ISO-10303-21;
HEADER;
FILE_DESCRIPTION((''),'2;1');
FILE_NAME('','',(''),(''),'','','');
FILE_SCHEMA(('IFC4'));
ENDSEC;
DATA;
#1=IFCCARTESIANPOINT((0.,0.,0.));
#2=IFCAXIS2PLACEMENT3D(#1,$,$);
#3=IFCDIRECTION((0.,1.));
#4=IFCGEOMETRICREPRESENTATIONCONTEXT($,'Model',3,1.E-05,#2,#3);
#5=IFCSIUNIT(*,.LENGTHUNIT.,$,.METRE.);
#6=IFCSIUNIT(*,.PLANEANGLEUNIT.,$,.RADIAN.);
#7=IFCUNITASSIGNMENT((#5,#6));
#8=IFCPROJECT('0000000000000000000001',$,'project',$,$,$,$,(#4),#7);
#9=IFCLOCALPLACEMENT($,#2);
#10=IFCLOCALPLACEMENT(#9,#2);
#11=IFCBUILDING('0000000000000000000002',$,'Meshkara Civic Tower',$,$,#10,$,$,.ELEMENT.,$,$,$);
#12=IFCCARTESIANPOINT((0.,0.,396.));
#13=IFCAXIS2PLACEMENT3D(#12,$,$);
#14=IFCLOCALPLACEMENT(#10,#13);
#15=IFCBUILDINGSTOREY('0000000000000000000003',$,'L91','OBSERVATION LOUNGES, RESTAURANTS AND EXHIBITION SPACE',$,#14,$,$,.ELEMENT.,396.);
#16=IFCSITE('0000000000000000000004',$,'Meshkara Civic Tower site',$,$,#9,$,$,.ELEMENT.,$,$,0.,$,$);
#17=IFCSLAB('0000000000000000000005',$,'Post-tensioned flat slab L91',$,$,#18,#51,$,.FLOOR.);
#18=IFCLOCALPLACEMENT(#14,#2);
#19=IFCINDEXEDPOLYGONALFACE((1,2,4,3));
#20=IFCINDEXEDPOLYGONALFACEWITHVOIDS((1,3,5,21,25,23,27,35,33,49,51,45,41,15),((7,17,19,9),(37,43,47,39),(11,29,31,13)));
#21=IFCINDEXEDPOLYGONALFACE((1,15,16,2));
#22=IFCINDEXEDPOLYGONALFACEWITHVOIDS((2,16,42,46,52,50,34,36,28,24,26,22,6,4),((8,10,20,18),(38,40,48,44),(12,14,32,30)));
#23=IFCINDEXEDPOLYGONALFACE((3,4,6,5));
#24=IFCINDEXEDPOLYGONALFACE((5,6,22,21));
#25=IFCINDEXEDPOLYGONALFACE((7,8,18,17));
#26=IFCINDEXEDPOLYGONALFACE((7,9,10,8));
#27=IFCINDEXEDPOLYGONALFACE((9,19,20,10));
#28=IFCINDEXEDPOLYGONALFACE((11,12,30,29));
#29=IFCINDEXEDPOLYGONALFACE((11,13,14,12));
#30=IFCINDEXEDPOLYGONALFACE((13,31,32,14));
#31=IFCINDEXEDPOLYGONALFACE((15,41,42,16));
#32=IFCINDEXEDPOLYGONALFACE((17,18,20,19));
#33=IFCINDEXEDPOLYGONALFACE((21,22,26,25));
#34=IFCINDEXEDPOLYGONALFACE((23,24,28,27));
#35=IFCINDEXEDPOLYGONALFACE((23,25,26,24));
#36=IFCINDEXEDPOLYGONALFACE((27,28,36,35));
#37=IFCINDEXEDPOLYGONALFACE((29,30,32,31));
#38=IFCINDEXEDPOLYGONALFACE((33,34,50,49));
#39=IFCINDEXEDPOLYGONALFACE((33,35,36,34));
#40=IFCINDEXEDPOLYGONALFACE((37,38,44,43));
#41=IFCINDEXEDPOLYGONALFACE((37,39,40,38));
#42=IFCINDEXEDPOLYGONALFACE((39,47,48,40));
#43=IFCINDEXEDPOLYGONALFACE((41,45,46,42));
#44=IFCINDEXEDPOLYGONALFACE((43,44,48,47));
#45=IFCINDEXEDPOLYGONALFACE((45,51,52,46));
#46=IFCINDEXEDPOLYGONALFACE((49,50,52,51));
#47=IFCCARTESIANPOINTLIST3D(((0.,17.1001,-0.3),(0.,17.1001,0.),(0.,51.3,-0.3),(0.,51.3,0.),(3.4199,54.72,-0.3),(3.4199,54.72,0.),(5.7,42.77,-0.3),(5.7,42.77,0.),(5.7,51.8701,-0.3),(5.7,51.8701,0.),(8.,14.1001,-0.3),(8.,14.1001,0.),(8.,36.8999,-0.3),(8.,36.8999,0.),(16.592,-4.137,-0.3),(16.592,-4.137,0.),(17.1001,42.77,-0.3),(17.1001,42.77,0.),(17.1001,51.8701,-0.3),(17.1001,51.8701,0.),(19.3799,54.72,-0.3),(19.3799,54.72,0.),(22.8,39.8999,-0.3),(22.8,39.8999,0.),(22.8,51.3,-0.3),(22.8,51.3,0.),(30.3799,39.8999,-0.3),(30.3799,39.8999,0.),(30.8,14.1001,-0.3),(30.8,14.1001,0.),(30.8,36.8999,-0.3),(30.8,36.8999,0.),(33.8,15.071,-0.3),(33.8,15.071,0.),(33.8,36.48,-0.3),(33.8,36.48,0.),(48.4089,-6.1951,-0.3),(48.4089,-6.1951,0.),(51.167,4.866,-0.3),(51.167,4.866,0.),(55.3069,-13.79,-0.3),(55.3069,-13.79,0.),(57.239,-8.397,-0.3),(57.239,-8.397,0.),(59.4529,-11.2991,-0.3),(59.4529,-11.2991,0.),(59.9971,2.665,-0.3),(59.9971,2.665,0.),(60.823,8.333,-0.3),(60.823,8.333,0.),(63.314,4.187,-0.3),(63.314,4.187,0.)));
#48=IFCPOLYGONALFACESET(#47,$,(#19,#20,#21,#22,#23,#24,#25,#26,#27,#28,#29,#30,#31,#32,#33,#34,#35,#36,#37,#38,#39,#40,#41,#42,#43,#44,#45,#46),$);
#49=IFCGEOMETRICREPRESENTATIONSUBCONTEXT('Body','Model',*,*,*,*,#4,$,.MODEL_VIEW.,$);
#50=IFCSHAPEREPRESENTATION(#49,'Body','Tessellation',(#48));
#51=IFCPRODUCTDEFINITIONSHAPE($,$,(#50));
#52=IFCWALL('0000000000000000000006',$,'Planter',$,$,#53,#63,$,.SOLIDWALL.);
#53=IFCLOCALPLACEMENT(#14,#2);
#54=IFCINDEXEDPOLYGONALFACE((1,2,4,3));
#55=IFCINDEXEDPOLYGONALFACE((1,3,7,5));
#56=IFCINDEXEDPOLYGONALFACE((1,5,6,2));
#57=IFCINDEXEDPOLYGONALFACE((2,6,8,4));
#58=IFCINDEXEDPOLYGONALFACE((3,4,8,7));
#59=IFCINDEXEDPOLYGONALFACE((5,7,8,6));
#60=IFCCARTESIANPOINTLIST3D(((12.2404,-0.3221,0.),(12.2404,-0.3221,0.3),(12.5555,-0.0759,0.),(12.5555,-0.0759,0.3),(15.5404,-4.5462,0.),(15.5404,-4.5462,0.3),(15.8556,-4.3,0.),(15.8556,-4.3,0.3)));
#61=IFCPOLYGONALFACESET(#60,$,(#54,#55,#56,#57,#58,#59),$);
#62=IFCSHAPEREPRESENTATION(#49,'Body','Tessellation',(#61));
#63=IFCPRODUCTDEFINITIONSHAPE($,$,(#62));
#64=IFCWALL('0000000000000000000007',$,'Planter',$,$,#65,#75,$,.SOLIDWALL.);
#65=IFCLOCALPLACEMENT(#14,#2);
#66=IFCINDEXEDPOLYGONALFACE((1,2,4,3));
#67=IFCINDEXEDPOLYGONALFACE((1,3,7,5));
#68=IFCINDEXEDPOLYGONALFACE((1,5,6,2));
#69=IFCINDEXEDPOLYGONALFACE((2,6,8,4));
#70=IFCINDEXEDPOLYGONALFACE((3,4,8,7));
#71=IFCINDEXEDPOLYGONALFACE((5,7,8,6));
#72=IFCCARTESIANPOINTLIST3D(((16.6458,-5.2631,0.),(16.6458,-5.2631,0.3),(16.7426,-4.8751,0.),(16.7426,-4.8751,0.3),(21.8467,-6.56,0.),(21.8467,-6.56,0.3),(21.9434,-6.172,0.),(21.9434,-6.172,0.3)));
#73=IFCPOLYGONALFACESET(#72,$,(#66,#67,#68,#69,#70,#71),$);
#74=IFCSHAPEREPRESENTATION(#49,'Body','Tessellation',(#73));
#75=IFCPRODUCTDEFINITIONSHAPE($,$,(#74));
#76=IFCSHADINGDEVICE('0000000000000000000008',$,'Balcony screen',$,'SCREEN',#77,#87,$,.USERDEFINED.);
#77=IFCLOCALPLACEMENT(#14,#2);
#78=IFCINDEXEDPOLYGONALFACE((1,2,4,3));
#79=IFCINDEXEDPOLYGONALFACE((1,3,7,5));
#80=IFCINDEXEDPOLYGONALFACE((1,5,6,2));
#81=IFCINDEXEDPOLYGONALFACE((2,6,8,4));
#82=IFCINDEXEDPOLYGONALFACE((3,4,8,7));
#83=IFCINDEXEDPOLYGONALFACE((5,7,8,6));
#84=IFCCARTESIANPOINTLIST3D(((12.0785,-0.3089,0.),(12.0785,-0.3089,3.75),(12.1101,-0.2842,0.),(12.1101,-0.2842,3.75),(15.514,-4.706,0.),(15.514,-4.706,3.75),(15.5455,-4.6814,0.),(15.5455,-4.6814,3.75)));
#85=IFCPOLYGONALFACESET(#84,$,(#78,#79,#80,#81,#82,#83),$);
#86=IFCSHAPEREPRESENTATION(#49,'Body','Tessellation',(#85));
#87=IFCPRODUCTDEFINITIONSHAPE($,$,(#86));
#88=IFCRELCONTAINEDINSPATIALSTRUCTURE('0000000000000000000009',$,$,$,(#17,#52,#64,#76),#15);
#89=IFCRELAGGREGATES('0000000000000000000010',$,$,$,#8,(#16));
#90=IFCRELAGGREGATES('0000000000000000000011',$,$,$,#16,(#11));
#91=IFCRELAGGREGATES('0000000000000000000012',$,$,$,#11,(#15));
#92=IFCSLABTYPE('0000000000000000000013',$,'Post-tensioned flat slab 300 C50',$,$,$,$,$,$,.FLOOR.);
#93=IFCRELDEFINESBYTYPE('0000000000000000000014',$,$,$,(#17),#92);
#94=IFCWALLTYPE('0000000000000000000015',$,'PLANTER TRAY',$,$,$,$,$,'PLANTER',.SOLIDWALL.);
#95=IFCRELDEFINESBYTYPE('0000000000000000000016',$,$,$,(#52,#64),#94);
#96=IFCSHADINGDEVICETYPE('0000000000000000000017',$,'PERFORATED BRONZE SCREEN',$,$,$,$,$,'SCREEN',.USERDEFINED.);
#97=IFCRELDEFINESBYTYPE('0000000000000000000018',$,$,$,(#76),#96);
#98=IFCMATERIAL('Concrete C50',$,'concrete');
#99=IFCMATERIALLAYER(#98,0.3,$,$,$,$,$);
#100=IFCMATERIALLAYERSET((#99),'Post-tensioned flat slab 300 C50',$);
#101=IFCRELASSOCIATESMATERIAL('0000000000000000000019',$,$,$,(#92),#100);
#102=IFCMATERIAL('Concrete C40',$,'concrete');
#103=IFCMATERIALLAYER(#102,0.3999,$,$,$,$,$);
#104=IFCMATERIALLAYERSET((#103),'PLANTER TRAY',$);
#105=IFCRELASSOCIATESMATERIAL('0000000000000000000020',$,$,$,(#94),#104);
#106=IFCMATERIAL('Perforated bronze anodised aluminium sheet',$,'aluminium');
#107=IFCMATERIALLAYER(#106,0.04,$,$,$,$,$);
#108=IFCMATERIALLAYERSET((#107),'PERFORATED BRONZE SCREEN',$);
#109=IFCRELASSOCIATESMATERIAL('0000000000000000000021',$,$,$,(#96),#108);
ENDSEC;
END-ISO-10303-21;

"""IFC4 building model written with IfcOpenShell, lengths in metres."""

from ifc_helpers import new_model, si_unit, direction, frame, frame_2d, origin, origin_2d, place, context, subcontext, project, spatial, polyline, rectangle, outline, extrude, material, layer, layer_set, type_object, element, save


model = new_model("IFC4")

# Units and contexts
model_context = context("Model", 3, precision=1e-05, world=origin(), true_north=direction((0.0, 1.0)))
body_context = subcontext(model_context, "Body", "Model", "MODEL_VIEW")
ifc_project = project(units=[si_unit("LENGTHUNIT", "METRE"), si_unit("PLANEANGLEUNIT", "RADIAN")], contexts=[model_context])

# Site, building, storey
site_placement = place(None, origin())
site = spatial("IfcSite", under=ifc_project, at=site_placement, Name="Meshkara Civic Tower site", CompositionType="ELEMENT", RefElevation=0.0)
building_placement = place(site_placement, origin())
building = spatial("IfcBuilding", under=site, at=building_placement, Name="Meshkara Civic Tower", CompositionType="ELEMENT")
storey_placement = place(building_placement, frame((0.0, 0.0, 396.0)))
storey = spatial("IfcBuildingStorey", under=building, at=storey_placement, Name="L91", Description="OBSERVATION LOUNGES, RESTAURANTS AND EXHIBITION SPACE", CompositionType="ELEMENT", Elevation=396.0)

# Slab
ifc_material_1 = material(Name="Concrete C50", Category="concrete")
ifc_layer_1 = layer(ifc_material_1, 0.3)
ifc_layer_set_1 = layer_set([ifc_layer_1], Name="Post-tensioned flat slab 300 C50")
slab_type_1 = type_object("IfcSlabType", Name="Post-tensioned flat slab 300 C50", PredefinedType="FLOOR", material=ifc_layer_set_1)
slab_1_placement = place(storey_placement, frame((0.0, 0.0, -0.3)))
element("IfcSlab", 1, at=slab_1_placement, inside=storey, type_object=slab_type_1, Name="Post-tensioned flat slab L91", PredefinedType="FLOOR", context=body_context, shape_type="SweptSolid", body=[
    extrude(outline(polyline([(59.4529, -11.2991), (55.3069, -13.79), (16.592, -4.137), (0.0, 17.1001), (0.0, 51.3), (3.4199, 54.72), (19.3799, 54.72), (22.8, 51.3), (22.8, 39.8999), (30.3799, 39.8999), (33.8, 36.48), (33.8, 15.071), (60.823, 8.333), (63.314, 4.187), (59.4529, -11.2991)]), holes=[polyline([(57.239, -8.397), (59.9971, 2.665), (51.167, 4.866), (48.4089, -6.1951), (57.239, -8.397)]), polyline([(8.0, 14.1001), (30.8, 14.1001), (30.8, 36.8999), (8.0, 36.8999), (8.0, 14.1001)]), polyline([(5.7, 51.8701), (5.7, 42.77), (17.1001, 42.77), (17.1001, 51.8701), (5.7, 51.8701)])]), origin(), (0.0, 0.0, 1.0), 0.3),
])

# Walls
ifc_material_2 = material(Name="Concrete C40", Category="concrete")
ifc_layer_2 = layer(ifc_material_2, 0.3999)
ifc_layer_set_2 = layer_set([ifc_layer_2], Name="PLANTER TRAY")
wall_type_1 = type_object("IfcWallType", Name="PLANTER TRAY", ElementType="PLANTER", PredefinedType="SOLIDWALL", material=ifc_layer_set_2)
wall_1_placement = place(storey_placement, frame((12.3979, -0.199, 0.0), z_axis=(0.0, 0.0, 1.0), x_axis=(0.615639, -0.788029, 0.0)))
element("IfcWall", 2, at=wall_1_placement, inside=storey, type_object=wall_type_1, Name="Planter", PredefinedType="SOLIDWALL", context=body_context, shape_type="SweptSolid", body=[
    extrude(rectangle(XDim=5.3604, YDim=0.3999, at=frame_2d((2.6802, 0.0))), origin(), (0.0, 0.0, 1.0), 0.3),
])
wall_2_placement = place(storey_placement, frame((16.6941, -5.0691, 0.0), z_axis=(0.0, 0.0, 1.0), x_axis=(0.97029, -0.241946, 0.0)))
element("IfcWall", 3, at=wall_2_placement, inside=storey, type_object=wall_type_1, Name="Planter", PredefinedType="SOLIDWALL", context=body_context, shape_type="SweptSolid", body=[
    extrude(rectangle(XDim=5.3601, YDim=0.3999, at=frame_2d((2.6802, 0.0))), origin(), (0.0, 0.0, 1.0), 0.3),
])

# Shading device
ifc_material_3 = material(Name="Perforated bronze anodised aluminium sheet", Category="aluminium")
ifc_layer_3 = layer(ifc_material_3, 0.04)
ifc_layer_set_3 = layer_set([ifc_layer_3], Name="PERFORATED BRONZE SCREEN")
shading_device_type = type_object("IfcShadingDeviceType", Name="PERFORATED BRONZE SCREEN", ElementType="SCREEN", PredefinedType="USERDEFINED", material=ifc_layer_set_3)
shading_device_placement = place(storey_placement, frame((13.812, -2.4951, 0.0), z_axis=(0.0, 0.0, 1.0), x_axis=(0.615661, -0.788011, 0.0)))
element("IfcShadingDevice", 4, at=shading_device_placement, inside=storey, type_object=shading_device_type, Name="Balcony screen", ObjectType="SCREEN", PredefinedType="USERDEFINED", context=body_context, shape_type="SweptSolid", body=[
    extrude(rectangle(XDim=5.5801, YDim=0.04, at=origin_2d()), origin(), (0.0, 0.0, 1.0), 3.75),
])

save(model, "model.ifc")
